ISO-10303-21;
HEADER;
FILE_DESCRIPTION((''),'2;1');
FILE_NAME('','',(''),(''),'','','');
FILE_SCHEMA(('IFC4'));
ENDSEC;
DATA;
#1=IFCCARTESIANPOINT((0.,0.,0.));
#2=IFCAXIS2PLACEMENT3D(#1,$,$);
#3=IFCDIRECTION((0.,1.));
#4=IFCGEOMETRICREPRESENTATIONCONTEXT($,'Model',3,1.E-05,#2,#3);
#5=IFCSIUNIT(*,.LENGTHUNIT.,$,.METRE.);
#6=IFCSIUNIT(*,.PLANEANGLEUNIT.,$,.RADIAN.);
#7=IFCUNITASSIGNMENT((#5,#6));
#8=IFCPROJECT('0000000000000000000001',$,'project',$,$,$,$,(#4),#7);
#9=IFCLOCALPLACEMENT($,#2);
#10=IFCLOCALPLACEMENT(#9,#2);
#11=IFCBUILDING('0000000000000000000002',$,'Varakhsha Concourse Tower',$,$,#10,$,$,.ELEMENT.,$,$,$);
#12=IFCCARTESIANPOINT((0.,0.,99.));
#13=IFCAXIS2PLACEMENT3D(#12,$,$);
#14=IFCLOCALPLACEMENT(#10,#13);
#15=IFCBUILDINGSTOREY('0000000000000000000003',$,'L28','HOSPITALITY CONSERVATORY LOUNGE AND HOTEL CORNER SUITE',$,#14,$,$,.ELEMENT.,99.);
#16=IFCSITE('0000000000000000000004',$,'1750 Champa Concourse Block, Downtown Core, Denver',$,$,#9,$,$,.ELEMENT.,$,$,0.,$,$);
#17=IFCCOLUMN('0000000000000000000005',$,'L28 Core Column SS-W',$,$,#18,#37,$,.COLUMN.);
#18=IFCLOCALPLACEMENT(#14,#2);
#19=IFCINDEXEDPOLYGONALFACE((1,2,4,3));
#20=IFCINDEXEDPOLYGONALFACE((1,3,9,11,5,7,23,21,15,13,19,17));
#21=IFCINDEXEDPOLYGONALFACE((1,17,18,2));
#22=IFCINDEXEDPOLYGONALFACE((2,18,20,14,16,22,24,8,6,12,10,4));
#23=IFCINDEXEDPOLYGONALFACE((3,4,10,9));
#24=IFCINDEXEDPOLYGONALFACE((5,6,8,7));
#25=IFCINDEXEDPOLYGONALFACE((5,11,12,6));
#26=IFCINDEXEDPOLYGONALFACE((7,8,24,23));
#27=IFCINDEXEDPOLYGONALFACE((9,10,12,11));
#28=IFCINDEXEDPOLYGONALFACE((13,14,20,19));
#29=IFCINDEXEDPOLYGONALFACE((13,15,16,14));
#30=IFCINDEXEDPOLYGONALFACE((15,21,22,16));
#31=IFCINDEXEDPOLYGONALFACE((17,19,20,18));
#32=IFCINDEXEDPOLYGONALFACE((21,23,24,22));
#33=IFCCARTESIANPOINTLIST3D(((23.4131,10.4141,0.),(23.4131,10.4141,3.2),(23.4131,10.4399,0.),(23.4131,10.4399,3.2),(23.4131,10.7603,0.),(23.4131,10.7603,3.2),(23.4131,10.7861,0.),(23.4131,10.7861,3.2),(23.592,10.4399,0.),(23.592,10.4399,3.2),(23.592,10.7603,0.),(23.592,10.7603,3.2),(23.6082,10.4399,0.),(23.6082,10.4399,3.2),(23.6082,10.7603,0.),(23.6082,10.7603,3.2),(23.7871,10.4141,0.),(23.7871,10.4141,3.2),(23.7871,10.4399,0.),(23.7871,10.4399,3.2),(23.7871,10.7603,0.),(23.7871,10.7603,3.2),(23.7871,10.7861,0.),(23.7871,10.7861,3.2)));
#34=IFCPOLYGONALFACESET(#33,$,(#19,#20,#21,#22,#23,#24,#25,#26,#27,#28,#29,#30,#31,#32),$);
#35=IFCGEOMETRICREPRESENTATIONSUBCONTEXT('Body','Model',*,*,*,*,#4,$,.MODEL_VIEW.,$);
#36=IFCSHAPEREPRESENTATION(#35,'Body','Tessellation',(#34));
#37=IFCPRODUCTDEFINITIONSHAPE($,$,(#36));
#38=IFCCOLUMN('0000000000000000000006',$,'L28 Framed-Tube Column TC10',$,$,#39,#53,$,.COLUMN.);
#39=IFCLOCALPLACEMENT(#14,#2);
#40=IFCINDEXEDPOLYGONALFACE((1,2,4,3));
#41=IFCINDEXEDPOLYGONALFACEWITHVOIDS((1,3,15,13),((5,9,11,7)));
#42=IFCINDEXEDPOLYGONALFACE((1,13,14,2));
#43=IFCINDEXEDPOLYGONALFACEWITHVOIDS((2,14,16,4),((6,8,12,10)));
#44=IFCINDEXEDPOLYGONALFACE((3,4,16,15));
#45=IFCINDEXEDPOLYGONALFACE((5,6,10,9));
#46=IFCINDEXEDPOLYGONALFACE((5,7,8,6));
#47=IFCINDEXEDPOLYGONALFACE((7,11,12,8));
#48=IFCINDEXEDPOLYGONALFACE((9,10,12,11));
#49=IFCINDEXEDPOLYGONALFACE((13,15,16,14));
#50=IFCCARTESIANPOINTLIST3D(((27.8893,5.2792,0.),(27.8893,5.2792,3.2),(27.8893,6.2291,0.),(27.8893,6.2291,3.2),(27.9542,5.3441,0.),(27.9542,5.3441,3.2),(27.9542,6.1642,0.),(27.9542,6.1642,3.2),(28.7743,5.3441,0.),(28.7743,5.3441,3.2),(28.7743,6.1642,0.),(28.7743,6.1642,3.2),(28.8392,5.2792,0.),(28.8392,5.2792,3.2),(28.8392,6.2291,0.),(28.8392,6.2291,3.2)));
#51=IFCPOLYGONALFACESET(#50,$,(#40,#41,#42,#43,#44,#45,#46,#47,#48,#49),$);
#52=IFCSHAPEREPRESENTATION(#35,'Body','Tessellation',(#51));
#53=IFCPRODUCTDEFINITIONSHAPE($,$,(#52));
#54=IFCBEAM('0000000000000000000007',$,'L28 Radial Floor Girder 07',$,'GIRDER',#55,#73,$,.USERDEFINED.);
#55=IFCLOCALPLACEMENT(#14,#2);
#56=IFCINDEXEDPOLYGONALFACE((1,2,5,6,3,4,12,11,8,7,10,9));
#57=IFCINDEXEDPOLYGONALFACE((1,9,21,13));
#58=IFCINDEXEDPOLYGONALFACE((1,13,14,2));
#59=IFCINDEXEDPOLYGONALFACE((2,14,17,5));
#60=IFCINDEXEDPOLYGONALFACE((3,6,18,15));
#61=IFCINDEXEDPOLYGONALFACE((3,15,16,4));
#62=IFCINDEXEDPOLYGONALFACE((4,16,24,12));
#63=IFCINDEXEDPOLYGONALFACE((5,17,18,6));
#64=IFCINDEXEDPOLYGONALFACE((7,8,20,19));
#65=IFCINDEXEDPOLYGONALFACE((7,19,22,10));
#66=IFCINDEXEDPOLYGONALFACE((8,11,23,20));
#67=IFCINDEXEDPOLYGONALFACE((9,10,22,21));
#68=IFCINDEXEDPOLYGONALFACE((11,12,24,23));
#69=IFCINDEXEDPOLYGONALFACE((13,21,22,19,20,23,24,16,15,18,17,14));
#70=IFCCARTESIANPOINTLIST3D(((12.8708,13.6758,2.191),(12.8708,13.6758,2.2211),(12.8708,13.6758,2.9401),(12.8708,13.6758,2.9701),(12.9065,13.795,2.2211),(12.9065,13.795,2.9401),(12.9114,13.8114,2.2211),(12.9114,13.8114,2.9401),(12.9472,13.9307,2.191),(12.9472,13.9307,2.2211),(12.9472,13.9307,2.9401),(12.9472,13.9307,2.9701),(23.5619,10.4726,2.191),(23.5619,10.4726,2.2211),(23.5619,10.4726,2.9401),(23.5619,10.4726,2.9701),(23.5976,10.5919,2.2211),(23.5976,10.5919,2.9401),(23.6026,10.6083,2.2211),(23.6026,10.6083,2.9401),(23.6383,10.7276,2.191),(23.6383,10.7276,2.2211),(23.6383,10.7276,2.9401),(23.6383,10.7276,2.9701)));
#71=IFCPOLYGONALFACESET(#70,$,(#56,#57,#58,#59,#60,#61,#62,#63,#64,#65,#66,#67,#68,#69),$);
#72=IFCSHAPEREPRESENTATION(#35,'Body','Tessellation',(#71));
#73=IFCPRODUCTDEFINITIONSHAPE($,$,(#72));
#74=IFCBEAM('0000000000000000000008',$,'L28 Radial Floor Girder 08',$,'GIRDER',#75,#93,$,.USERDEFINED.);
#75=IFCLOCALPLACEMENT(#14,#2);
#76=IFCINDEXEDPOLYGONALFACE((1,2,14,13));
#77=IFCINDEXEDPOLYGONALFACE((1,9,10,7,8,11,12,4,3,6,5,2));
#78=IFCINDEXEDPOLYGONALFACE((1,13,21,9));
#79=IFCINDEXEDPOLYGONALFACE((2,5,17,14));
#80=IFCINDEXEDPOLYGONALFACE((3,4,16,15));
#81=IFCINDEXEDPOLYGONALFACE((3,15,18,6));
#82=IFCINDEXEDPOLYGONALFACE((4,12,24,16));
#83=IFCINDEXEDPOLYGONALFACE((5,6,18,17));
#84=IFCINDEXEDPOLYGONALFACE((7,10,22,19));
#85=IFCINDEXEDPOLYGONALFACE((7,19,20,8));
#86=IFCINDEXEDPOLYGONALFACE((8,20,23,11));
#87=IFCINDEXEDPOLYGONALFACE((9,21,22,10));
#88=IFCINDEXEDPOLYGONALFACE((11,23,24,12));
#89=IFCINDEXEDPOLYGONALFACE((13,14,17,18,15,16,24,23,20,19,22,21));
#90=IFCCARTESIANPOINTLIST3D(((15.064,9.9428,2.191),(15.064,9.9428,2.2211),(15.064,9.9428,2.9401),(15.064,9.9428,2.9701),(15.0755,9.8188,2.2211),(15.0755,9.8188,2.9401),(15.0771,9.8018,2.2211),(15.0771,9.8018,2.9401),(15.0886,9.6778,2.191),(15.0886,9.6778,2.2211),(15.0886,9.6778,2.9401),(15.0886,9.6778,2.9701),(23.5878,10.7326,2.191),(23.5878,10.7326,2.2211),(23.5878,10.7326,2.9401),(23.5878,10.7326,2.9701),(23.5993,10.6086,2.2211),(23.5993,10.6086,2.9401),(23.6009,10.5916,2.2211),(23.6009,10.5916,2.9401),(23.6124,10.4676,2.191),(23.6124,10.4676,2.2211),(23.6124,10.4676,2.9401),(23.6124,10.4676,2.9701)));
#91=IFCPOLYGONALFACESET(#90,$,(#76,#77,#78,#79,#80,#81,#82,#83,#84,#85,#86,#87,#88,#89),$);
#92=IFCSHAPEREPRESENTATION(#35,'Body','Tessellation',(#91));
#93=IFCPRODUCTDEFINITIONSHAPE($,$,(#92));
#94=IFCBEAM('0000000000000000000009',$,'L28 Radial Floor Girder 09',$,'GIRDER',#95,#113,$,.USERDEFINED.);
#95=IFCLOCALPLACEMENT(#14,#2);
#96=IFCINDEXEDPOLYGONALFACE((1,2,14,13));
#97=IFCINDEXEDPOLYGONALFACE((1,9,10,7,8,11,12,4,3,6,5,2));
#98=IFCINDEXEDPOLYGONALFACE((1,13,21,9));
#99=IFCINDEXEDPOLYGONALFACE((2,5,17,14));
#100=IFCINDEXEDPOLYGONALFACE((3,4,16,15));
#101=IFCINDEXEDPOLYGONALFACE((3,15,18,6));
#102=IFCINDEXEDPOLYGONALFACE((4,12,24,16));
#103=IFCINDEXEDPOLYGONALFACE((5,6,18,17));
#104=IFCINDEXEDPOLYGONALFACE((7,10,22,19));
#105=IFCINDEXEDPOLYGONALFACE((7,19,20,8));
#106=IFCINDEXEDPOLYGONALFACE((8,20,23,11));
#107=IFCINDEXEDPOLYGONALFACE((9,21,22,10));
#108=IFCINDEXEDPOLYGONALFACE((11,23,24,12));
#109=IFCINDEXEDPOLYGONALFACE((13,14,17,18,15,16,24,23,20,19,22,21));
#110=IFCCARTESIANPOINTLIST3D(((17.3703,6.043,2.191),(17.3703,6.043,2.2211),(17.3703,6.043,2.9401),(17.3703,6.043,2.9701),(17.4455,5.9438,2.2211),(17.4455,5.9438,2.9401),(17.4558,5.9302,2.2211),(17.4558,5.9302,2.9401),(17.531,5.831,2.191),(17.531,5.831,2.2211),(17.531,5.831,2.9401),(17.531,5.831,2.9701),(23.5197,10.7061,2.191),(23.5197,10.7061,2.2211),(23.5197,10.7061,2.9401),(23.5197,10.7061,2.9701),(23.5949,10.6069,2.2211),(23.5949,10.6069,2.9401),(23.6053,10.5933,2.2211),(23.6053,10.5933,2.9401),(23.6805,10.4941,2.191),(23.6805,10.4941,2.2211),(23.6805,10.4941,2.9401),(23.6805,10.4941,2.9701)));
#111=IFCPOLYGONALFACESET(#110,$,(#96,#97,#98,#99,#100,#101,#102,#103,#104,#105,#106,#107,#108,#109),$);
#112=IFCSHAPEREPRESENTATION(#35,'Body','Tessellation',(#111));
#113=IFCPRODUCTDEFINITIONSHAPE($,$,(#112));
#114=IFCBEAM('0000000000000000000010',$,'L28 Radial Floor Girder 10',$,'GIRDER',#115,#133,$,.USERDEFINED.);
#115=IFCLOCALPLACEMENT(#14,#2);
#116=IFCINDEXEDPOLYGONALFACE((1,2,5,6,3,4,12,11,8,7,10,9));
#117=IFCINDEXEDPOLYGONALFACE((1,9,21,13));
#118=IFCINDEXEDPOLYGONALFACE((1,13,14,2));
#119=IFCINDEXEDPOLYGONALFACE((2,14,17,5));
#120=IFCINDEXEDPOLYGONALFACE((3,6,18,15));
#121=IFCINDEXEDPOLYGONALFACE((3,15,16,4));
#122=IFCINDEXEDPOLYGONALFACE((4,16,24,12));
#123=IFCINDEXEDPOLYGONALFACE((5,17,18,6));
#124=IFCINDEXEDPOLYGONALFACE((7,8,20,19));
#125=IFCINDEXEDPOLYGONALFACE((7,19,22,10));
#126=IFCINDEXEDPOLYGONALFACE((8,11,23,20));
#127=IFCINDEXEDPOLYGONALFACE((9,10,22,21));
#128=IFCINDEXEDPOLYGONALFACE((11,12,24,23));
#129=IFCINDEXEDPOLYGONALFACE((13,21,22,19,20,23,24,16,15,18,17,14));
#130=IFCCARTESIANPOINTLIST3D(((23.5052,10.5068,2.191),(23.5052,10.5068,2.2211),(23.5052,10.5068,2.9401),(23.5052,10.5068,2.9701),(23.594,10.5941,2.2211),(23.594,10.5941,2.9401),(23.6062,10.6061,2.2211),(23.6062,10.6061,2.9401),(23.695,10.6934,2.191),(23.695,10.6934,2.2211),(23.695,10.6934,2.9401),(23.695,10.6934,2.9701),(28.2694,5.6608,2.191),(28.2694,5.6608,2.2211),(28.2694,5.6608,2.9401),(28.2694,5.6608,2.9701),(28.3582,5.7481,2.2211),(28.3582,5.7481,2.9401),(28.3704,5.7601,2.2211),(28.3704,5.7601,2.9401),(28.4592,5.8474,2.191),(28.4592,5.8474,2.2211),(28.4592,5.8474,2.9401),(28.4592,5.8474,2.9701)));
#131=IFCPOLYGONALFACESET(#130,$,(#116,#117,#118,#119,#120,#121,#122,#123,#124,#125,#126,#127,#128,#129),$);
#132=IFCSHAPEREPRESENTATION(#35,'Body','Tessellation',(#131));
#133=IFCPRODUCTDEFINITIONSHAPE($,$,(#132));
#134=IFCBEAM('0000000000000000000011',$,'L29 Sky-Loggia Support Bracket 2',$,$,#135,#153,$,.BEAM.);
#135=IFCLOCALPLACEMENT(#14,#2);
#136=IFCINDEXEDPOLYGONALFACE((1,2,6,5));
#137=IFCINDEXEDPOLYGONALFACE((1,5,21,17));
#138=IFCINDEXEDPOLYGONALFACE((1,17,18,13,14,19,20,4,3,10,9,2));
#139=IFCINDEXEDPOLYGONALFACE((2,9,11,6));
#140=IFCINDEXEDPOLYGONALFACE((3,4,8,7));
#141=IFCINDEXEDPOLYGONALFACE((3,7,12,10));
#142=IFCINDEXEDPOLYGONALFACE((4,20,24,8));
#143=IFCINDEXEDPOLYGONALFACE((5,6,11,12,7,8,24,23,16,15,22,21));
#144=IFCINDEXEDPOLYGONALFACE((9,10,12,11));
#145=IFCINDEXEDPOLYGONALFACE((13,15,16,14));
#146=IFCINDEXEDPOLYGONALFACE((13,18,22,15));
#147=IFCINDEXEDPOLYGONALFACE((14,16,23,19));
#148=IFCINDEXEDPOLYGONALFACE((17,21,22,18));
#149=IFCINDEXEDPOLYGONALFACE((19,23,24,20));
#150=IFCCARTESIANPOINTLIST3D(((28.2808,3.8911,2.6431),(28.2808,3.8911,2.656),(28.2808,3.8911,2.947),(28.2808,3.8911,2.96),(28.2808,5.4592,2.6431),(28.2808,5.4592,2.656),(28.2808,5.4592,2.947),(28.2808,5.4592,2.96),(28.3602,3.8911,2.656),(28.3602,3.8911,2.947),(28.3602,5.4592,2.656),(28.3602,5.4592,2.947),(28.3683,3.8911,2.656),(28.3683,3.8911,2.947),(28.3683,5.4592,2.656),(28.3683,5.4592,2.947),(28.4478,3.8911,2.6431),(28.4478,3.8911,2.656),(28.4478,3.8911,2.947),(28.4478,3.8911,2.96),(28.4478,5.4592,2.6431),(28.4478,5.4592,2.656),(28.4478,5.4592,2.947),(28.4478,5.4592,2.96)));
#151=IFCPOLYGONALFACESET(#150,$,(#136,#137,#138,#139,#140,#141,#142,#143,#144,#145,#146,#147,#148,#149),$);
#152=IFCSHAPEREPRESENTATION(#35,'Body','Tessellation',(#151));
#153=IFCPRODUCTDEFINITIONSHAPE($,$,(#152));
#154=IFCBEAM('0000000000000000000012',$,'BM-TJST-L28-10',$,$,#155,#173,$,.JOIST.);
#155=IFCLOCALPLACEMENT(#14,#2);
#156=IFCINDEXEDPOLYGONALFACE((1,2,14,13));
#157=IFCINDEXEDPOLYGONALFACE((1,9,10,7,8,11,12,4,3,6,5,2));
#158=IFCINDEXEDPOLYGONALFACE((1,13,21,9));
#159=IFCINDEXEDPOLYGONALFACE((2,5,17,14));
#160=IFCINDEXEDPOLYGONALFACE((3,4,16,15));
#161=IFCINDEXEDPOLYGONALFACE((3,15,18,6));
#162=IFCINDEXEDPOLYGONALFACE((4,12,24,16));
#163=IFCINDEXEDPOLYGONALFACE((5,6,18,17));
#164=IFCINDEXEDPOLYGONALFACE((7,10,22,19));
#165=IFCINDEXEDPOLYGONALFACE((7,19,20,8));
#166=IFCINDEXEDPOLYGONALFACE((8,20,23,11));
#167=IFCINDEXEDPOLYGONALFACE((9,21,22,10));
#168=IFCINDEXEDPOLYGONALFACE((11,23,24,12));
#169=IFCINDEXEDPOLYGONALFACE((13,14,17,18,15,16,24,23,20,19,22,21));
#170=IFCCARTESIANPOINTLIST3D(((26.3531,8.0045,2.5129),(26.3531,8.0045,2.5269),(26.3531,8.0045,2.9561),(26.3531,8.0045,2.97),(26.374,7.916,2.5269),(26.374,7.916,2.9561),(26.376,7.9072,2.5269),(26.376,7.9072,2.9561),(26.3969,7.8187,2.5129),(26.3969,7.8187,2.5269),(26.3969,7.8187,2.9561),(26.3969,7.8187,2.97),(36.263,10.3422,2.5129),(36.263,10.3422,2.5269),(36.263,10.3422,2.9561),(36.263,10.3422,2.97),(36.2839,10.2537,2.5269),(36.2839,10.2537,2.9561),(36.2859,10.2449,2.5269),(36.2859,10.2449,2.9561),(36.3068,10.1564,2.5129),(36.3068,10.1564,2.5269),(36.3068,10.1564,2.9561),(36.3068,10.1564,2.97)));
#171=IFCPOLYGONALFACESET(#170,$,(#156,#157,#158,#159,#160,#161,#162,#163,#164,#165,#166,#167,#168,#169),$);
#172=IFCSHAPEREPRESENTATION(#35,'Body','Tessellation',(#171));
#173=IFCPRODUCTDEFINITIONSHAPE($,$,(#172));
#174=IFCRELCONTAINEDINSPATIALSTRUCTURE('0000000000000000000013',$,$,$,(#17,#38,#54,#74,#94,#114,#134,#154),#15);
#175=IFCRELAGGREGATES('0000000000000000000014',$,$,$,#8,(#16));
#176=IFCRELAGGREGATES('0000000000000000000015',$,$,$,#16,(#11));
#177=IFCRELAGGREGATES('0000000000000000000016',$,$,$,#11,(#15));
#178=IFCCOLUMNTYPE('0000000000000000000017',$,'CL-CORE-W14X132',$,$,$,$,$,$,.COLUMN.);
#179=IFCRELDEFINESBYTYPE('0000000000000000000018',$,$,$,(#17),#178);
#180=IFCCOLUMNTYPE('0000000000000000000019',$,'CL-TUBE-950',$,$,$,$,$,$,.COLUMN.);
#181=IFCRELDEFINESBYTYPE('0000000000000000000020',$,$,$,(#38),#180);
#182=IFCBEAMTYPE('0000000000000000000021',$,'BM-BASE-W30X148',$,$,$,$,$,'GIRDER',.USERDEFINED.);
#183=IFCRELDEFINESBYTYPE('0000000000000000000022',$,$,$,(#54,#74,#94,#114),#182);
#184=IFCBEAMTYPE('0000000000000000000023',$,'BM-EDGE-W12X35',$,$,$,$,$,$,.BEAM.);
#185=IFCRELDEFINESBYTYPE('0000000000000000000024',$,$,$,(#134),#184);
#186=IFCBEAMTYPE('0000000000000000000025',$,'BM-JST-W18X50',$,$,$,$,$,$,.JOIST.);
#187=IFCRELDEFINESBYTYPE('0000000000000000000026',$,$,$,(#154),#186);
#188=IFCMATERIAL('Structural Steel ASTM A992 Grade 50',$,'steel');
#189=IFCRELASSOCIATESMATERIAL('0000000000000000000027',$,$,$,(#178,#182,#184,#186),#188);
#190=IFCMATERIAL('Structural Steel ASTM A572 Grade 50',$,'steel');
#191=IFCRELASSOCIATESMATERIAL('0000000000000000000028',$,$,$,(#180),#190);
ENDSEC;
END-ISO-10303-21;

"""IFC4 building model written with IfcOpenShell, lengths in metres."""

from ifc_helpers import new_model, si_unit, direction, frame, origin, origin_2d, place, context, subcontext, project, spatial, hollow_rectangle, i_section, extrude, material, material_profile, profile_set, type_object, element, save


model = new_model("IFC4")

# Units and contexts
model_context = context("Model", 3, precision=1e-05, world=origin(), true_north=direction((0.0, 1.0)))
body_context = subcontext(model_context, "Body", "Model", "MODEL_VIEW")
ifc_project = project(units=[si_unit("LENGTHUNIT", "METRE"), si_unit("PLANEANGLEUNIT", "RADIAN")], contexts=[model_context])

# Site, building, storey
site_placement = place(None, origin())
site = spatial("IfcSite", under=ifc_project, at=site_placement, Name="1750 Champa Concourse Block, Downtown Core, Denver", CompositionType="ELEMENT", RefElevation=0.0)
building_placement = place(site_placement, origin())
building = spatial("IfcBuilding", under=site, at=building_placement, Name="Varakhsha Concourse Tower", CompositionType="ELEMENT")
storey_placement = place(building_placement, frame((0.0, 0.0, 99.0)))
storey = spatial("IfcBuildingStorey", under=building, at=storey_placement, Name="L28", Description="HOSPITALITY CONSERVATORY LOUNGE AND HOTEL CORNER SUITE", CompositionType="ELEMENT", Elevation=99.0)

# Columns
ifc_material_1 = material(Name="Structural Steel ASTM A992 Grade 50", Category="steel")
ifc_material_profile_1 = material_profile(ifc_material_1, i_section(OverallWidth=0.374, OverallDepth=0.3721, WebThickness=0.0161, FlangeThickness=0.0259, at=origin_2d()), Name="W14X132")
ifc_profile_set_1 = profile_set([ifc_material_profile_1], Name="Structural Steel ASTM A992 Grade 50")
column_type_1 = type_object("IfcColumnType", Name="CL-CORE-W14X132", PredefinedType="COLUMN", material=ifc_profile_set_1)
column_1_placement = place(storey_placement, frame((23.6001, 10.6001, 0.0), z_axis=(0.0, 0.0, 1.0), x_axis=(1.0, 0.0, 0.0)))
element("IfcColumn", 1, at=column_1_placement, inside=storey, type_object=column_type_1, Name="L28 Core Column SS-W", PredefinedType="COLUMN", context=body_context, shape_type="SweptSolid", body=[
    extrude(i_section(OverallWidth=0.374, OverallDepth=0.3721, WebThickness=0.0161, FlangeThickness=0.0259, at=origin_2d()), origin(), (0.0, 0.0, 1.0), 3.2),
])
ifc_material_2 = material(Name="Structural Steel ASTM A572 Grade 50", Category="steel")
ifc_material_profile_2 = material_profile(ifc_material_2, hollow_rectangle(XDim=0.95, YDim=0.95, WallThickness=0.0649, at=origin_2d()), Name="BOX 950x950x65")
ifc_profile_set_2 = profile_set([ifc_material_profile_2], Name="Structural Steel ASTM A572 Grade 50")
column_type_2 = type_object("IfcColumnType", Name="CL-TUBE-950", PredefinedType="COLUMN", material=ifc_profile_set_2)
column_2_placement = place(storey_placement, frame((28.3643, 5.7542, 0.0), z_axis=(0.0, 0.0, 1.0), x_axis=(1.0, 0.0, 0.0)))
element("IfcColumn", 2, at=column_2_placement, inside=storey, type_object=column_type_2, Name="L28 Framed-Tube Column TC10", PredefinedType="COLUMN", context=body_context, shape_type="SweptSolid", body=[
    extrude(hollow_rectangle(XDim=0.95, YDim=0.95, WallThickness=0.0649, at=origin_2d()), origin(), (0.0, 0.0, 1.0), 3.2),
])

# Beams
ifc_material_profile_3 = material_profile(ifc_material_1, i_section(OverallWidth=0.2661, OverallDepth=0.7791, WebThickness=0.0171, FlangeThickness=0.03, at=origin_2d()), Name="W30X148")
ifc_profile_set_3 = profile_set([ifc_material_profile_3], Name="Structural Steel ASTM A992 Grade 50")
beam_type_1 = type_object("IfcBeamType", Name="BM-BASE-W30X148", ElementType="GIRDER", PredefinedType="USERDEFINED", material=ifc_profile_set_3)
beam_1_placement = place(storey_placement, frame((23.6001, 10.6001, 2.5806), z_axis=(-0.95793, 0.287001, 0.0), x_axis=(-0.287001, -0.95793, 0.0)))
element("IfcBeam", 3, at=beam_1_placement, inside=storey, type_object=beam_type_1, Name="L28 Radial Floor Girder 07", ObjectType="GIRDER", PredefinedType="USERDEFINED", context=body_context, shape_type="SweptSolid", body=[
    extrude(i_section(OverallWidth=0.2661, OverallDepth=0.7791, WebThickness=0.0171, FlangeThickness=0.03, at=origin_2d()), origin(), (0.0, 0.0, 1.0), 11.1606),
])
beam_2_placement = place(storey_placement, frame((23.6001, 10.6001, 2.5806), z_axis=(-0.995735, -0.092264, 0.0), x_axis=(0.092264, -0.995735, 0.0)))
element("IfcBeam", 4, at=beam_2_placement, inside=storey, type_object=beam_type_1, Name="L28 Radial Floor Girder 08", ObjectType="GIRDER", PredefinedType="USERDEFINED", context=body_context, shape_type="SweptSolid", body=[
    extrude(i_section(OverallWidth=0.2661, OverallDepth=0.7791, WebThickness=0.0171, FlangeThickness=0.03, at=origin_2d()), origin(), (0.0, 0.0, 1.0), 8.5603),
])
beam_3_placement = place(storey_placement, frame((23.6001, 10.6001, 2.5806), z_axis=(-0.796815, -0.604223, 0.0), x_axis=(0.604223, -0.796815, 0.0)))
element("IfcBeam", 5, at=beam_3_placement, inside=storey, type_object=beam_type_1, Name="L28 Radial Floor Girder 09", ObjectType="GIRDER", PredefinedType="USERDEFINED", context=body_context, shape_type="SweptSolid", body=[
    extrude(i_section(OverallWidth=0.2661, OverallDepth=0.7791, WebThickness=0.0171, FlangeThickness=0.03, at=origin_2d()), origin(), (0.0, 0.0, 1.0), 7.7175),
])
beam_4_placement = place(storey_placement, frame((23.6001, 10.6001, 2.5806), z_axis=(0.701064, -0.713099, 0.0), x_axis=(0.713099, 0.701064, 0.0)))
element("IfcBeam", 6, at=beam_4_placement, inside=storey, type_object=beam_type_1, Name="L28 Radial Floor Girder 10", ObjectType="GIRDER", PredefinedType="USERDEFINED", context=body_context, shape_type="SweptSolid", body=[
    extrude(i_section(OverallWidth=0.2661, OverallDepth=0.7791, WebThickness=0.0171, FlangeThickness=0.03, at=origin_2d()), origin(), (0.0, 0.0, 1.0), 6.7957),
])
ifc_material_profile_4 = material_profile(ifc_material_1, i_section(OverallWidth=0.167, OverallDepth=0.3169, WebThickness=0.0081, FlangeThickness=0.0129, at=origin_2d()), Name="W12X35")
ifc_profile_set_4 = profile_set([ifc_material_profile_4], Name="Structural Steel ASTM A992 Grade 50")
beam_type_2 = type_object("IfcBeamType", Name="BM-EDGE-W12X35", PredefinedType="BEAM", material=ifc_profile_set_4)
beam_5_placement = place(storey_placement, frame((28.3643, 5.4592, 2.8015), z_axis=(0.0, -1.0, 0.0), x_axis=(1.0, 0.0, 0.0)))
element("IfcBeam", 7, at=beam_5_placement, inside=storey, type_object=beam_type_2, Name="L29 Sky-Loggia Support Bracket 2", PredefinedType="BEAM", context=body_context, shape_type="SweptSolid", body=[
    extrude(i_section(OverallWidth=0.167, OverallDepth=0.3169, WebThickness=0.0081, FlangeThickness=0.0129, at=origin_2d()), origin(), (0.0, 0.0, 1.0), 1.5681),
])
ifc_material_profile_5 = material_profile(ifc_material_1, i_section(OverallWidth=0.1909, OverallDepth=0.457, WebThickness=0.009, FlangeThickness=0.0139, at=origin_2d()), Name="W18X50")
ifc_profile_set_5 = profile_set([ifc_material_profile_5], Name="Structural Steel ASTM A992 Grade 50")
beam_type_3 = type_object("IfcBeamType", Name="BM-JST-W18X50", PredefinedType="JOIST", material=ifc_profile_set_5)
beam_6_placement = place(storey_placement, frame((26.375, 7.9116, 2.7415), z_axis=(0.973288, 0.229589, 0.0), x_axis=(-0.229589, 0.973288, 0.0)))
element("IfcBeam", 8, at=beam_6_placement, inside=storey, type_object=beam_type_3, Name="BM-TJST-L28-10", PredefinedType="JOIST", context=body_context, shape_type="SweptSolid", body=[
    extrude(i_section(OverallWidth=0.1909, OverallDepth=0.457, WebThickness=0.009, FlangeThickness=0.0139, at=origin_2d()), origin(), (0.0, 0.0, 1.0), 10.1819),
])

save(model, "model.ifc")
